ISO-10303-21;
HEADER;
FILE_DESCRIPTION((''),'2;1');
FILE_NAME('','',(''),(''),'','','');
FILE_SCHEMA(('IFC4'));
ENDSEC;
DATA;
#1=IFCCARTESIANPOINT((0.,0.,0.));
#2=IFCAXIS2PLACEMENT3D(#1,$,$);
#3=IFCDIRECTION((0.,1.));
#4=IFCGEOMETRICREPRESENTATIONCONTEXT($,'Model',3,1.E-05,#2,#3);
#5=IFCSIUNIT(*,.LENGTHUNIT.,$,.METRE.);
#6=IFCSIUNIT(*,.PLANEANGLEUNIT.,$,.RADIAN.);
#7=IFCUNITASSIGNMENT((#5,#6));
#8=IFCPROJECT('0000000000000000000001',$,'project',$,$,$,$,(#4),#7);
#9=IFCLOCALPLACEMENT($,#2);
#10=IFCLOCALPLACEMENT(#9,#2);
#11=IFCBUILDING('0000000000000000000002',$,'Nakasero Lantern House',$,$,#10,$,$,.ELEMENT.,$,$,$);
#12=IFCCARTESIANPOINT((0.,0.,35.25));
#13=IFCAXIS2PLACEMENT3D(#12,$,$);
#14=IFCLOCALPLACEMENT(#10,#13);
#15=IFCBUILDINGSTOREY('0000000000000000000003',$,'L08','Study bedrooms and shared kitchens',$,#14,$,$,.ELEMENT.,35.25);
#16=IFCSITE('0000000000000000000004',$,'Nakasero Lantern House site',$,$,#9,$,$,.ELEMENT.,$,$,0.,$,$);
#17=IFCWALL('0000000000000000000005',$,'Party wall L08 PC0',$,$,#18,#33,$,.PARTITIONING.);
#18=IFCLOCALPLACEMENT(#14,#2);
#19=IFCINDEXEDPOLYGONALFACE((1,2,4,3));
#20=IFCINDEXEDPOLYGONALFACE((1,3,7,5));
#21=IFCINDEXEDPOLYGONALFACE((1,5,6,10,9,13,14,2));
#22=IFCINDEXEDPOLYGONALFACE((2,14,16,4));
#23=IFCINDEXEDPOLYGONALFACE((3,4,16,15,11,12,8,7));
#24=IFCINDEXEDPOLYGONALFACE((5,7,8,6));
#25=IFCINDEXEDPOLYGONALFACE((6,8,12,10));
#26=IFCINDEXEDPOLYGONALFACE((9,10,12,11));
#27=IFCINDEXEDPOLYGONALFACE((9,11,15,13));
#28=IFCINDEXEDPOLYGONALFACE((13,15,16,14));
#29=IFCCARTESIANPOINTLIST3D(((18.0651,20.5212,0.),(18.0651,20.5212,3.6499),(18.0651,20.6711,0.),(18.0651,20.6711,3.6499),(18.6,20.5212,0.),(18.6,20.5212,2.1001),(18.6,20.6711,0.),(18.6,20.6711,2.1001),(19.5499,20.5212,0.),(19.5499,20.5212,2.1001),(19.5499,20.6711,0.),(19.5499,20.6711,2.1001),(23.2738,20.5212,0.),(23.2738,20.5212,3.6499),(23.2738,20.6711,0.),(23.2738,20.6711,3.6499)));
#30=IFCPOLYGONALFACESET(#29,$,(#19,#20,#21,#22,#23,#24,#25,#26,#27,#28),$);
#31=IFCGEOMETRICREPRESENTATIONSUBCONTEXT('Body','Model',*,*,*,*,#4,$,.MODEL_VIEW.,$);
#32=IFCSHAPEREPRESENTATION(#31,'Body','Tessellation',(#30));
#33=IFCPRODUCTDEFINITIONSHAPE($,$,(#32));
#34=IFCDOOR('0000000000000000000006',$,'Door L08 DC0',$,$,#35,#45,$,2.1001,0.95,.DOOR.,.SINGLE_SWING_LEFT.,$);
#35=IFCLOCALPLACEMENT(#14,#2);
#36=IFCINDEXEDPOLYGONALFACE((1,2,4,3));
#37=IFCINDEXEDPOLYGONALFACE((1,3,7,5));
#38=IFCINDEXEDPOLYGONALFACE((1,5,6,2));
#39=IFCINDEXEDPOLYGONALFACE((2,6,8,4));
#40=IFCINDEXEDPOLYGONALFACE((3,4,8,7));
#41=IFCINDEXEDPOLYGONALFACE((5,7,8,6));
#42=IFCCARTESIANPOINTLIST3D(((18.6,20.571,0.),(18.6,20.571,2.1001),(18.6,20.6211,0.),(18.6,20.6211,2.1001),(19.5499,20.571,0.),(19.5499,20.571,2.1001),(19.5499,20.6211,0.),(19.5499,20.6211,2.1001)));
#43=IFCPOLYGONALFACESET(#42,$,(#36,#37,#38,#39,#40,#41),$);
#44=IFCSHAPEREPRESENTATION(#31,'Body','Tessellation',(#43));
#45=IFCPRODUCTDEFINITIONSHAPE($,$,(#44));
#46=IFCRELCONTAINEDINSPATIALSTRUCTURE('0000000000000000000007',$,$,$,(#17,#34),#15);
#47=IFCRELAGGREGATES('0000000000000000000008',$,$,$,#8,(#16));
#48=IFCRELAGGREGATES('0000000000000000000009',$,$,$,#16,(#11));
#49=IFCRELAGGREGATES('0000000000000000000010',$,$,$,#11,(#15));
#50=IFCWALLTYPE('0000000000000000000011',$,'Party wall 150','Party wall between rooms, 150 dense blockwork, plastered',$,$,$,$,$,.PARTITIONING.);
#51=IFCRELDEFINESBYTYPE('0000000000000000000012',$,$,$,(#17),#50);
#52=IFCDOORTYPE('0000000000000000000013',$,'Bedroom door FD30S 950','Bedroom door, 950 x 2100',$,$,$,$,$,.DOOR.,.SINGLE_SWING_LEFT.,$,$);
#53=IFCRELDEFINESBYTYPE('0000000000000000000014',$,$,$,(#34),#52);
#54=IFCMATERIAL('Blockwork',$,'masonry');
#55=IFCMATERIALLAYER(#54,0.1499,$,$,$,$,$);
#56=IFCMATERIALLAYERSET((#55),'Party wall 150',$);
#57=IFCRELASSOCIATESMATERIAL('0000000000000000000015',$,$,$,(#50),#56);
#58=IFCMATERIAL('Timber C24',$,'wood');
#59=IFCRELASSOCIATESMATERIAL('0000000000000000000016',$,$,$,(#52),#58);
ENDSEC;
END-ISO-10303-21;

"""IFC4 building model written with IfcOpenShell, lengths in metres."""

from ifc_helpers import new_model, si_unit, direction, frame, frame_2d, origin, place, context, subcontext, project, spatial, rectangle, extrude, material, layer, layer_set, type_object, element, fill, save


model = new_model("IFC4")

# Units and contexts
model_context = context("Model", 3, precision=1e-05, world=origin(), true_north=direction((0.0, 1.0)))
body_context = subcontext(model_context, "Body", "Model", "MODEL_VIEW")
ifc_project = project(units=[si_unit("LENGTHUNIT", "METRE"), si_unit("PLANEANGLEUNIT", "RADIAN")], contexts=[model_context])

# Site, building, storey
site_placement = place(None, origin())
site = spatial("IfcSite", under=ifc_project, at=site_placement, Name="Nakasero Lantern House site", CompositionType="ELEMENT", RefElevation=0.0)
building_placement = place(site_placement, origin())
building = spatial("IfcBuilding", under=site, at=building_placement, Name="Nakasero Lantern House", CompositionType="ELEMENT")
storey_placement = place(building_placement, frame((0.0, 0.0, 35.25)))
storey = spatial("IfcBuildingStorey", under=building, at=storey_placement, Name="L08", Description="Study bedrooms and shared kitchens", CompositionType="ELEMENT", Elevation=35.25)

# Wall, opening, door
ifc_material_1 = material(Name="Blockwork", Category="masonry")
ifc_layer_1 = layer(ifc_material_1, 0.1499)
ifc_layer_set_1 = layer_set([ifc_layer_1], Name="Party wall 150")
wall_type_1 = type_object("IfcWallType", Name="Party wall 150", Description="Party wall between rooms, 150 dense blockwork, plastered", PredefinedType="PARTITIONING", material=ifc_layer_set_1)
wall_1_placement = place(storey_placement, frame((18.0649, 20.5962, 0.0), z_axis=(0.0, 0.0, 1.0), x_axis=(1.0, 0.0, 0.0)))
wall_1 = element("IfcWall", 1, at=wall_1_placement, inside=storey, type_object=wall_type_1, Name="Party wall L08 PC0", PredefinedType="PARTITIONING", context=body_context, shape_type="SweptSolid", body=[
    extrude(rectangle(XDim=5.2087, YDim=0.1499, at=frame_2d((2.6045, 0.0))), origin(), (0.0, 0.0, 1.0), 3.6499),
])
opening_1_placement = place(wall_1_placement, frame((0.5349, 0.0, 0.0)))
opening_1 = element("IfcOpeningElement", 2, at=opening_1_placement, cuts=wall_1, PredefinedType="OPENING", context=body_context, shape_type="SweptSolid", body=[
    extrude(rectangle(XDim=0.95, YDim=2.1001, at=frame_2d((0.4751, 1.05))), frame((0.0, 0.095, 0.0), z_axis=(0.0, -1.0, 0.0), x_axis=(1.0, 0.0, 0.0)), (0.0, 0.0, 1.0), 0.1899),
])
ifc_material_2 = material(Name="Timber C24", Category="wood")
door_type_1 = type_object("IfcDoorType", Name="Bedroom door FD30S 950", Description="Bedroom door, 950 x 2100", OperationType="SINGLE_SWING_LEFT", PredefinedType="DOOR", material=ifc_material_2)
door_1_placement = place(opening_1_placement, origin())
door_1 = element("IfcDoor", 3, at=door_1_placement, inside=storey, type_object=door_type_1, Name="Door L08 DC0", OperationType="SINGLE_SWING_LEFT", OverallHeight=2.1001, OverallWidth=0.95, PredefinedType="DOOR", context=body_context, shape_type="SweptSolid", body=[
    extrude(rectangle(XDim=0.95, YDim=2.1001, at=frame_2d((0.4751, 1.05))), frame((0.0, 0.0249, 0.0), z_axis=(0.0, -1.0, 0.0), x_axis=(1.0, 0.0, 0.0)), (0.0, 0.0, 1.0), 0.05),
])
fill(opening_1, door_1)

save(model, "model.ifc")
